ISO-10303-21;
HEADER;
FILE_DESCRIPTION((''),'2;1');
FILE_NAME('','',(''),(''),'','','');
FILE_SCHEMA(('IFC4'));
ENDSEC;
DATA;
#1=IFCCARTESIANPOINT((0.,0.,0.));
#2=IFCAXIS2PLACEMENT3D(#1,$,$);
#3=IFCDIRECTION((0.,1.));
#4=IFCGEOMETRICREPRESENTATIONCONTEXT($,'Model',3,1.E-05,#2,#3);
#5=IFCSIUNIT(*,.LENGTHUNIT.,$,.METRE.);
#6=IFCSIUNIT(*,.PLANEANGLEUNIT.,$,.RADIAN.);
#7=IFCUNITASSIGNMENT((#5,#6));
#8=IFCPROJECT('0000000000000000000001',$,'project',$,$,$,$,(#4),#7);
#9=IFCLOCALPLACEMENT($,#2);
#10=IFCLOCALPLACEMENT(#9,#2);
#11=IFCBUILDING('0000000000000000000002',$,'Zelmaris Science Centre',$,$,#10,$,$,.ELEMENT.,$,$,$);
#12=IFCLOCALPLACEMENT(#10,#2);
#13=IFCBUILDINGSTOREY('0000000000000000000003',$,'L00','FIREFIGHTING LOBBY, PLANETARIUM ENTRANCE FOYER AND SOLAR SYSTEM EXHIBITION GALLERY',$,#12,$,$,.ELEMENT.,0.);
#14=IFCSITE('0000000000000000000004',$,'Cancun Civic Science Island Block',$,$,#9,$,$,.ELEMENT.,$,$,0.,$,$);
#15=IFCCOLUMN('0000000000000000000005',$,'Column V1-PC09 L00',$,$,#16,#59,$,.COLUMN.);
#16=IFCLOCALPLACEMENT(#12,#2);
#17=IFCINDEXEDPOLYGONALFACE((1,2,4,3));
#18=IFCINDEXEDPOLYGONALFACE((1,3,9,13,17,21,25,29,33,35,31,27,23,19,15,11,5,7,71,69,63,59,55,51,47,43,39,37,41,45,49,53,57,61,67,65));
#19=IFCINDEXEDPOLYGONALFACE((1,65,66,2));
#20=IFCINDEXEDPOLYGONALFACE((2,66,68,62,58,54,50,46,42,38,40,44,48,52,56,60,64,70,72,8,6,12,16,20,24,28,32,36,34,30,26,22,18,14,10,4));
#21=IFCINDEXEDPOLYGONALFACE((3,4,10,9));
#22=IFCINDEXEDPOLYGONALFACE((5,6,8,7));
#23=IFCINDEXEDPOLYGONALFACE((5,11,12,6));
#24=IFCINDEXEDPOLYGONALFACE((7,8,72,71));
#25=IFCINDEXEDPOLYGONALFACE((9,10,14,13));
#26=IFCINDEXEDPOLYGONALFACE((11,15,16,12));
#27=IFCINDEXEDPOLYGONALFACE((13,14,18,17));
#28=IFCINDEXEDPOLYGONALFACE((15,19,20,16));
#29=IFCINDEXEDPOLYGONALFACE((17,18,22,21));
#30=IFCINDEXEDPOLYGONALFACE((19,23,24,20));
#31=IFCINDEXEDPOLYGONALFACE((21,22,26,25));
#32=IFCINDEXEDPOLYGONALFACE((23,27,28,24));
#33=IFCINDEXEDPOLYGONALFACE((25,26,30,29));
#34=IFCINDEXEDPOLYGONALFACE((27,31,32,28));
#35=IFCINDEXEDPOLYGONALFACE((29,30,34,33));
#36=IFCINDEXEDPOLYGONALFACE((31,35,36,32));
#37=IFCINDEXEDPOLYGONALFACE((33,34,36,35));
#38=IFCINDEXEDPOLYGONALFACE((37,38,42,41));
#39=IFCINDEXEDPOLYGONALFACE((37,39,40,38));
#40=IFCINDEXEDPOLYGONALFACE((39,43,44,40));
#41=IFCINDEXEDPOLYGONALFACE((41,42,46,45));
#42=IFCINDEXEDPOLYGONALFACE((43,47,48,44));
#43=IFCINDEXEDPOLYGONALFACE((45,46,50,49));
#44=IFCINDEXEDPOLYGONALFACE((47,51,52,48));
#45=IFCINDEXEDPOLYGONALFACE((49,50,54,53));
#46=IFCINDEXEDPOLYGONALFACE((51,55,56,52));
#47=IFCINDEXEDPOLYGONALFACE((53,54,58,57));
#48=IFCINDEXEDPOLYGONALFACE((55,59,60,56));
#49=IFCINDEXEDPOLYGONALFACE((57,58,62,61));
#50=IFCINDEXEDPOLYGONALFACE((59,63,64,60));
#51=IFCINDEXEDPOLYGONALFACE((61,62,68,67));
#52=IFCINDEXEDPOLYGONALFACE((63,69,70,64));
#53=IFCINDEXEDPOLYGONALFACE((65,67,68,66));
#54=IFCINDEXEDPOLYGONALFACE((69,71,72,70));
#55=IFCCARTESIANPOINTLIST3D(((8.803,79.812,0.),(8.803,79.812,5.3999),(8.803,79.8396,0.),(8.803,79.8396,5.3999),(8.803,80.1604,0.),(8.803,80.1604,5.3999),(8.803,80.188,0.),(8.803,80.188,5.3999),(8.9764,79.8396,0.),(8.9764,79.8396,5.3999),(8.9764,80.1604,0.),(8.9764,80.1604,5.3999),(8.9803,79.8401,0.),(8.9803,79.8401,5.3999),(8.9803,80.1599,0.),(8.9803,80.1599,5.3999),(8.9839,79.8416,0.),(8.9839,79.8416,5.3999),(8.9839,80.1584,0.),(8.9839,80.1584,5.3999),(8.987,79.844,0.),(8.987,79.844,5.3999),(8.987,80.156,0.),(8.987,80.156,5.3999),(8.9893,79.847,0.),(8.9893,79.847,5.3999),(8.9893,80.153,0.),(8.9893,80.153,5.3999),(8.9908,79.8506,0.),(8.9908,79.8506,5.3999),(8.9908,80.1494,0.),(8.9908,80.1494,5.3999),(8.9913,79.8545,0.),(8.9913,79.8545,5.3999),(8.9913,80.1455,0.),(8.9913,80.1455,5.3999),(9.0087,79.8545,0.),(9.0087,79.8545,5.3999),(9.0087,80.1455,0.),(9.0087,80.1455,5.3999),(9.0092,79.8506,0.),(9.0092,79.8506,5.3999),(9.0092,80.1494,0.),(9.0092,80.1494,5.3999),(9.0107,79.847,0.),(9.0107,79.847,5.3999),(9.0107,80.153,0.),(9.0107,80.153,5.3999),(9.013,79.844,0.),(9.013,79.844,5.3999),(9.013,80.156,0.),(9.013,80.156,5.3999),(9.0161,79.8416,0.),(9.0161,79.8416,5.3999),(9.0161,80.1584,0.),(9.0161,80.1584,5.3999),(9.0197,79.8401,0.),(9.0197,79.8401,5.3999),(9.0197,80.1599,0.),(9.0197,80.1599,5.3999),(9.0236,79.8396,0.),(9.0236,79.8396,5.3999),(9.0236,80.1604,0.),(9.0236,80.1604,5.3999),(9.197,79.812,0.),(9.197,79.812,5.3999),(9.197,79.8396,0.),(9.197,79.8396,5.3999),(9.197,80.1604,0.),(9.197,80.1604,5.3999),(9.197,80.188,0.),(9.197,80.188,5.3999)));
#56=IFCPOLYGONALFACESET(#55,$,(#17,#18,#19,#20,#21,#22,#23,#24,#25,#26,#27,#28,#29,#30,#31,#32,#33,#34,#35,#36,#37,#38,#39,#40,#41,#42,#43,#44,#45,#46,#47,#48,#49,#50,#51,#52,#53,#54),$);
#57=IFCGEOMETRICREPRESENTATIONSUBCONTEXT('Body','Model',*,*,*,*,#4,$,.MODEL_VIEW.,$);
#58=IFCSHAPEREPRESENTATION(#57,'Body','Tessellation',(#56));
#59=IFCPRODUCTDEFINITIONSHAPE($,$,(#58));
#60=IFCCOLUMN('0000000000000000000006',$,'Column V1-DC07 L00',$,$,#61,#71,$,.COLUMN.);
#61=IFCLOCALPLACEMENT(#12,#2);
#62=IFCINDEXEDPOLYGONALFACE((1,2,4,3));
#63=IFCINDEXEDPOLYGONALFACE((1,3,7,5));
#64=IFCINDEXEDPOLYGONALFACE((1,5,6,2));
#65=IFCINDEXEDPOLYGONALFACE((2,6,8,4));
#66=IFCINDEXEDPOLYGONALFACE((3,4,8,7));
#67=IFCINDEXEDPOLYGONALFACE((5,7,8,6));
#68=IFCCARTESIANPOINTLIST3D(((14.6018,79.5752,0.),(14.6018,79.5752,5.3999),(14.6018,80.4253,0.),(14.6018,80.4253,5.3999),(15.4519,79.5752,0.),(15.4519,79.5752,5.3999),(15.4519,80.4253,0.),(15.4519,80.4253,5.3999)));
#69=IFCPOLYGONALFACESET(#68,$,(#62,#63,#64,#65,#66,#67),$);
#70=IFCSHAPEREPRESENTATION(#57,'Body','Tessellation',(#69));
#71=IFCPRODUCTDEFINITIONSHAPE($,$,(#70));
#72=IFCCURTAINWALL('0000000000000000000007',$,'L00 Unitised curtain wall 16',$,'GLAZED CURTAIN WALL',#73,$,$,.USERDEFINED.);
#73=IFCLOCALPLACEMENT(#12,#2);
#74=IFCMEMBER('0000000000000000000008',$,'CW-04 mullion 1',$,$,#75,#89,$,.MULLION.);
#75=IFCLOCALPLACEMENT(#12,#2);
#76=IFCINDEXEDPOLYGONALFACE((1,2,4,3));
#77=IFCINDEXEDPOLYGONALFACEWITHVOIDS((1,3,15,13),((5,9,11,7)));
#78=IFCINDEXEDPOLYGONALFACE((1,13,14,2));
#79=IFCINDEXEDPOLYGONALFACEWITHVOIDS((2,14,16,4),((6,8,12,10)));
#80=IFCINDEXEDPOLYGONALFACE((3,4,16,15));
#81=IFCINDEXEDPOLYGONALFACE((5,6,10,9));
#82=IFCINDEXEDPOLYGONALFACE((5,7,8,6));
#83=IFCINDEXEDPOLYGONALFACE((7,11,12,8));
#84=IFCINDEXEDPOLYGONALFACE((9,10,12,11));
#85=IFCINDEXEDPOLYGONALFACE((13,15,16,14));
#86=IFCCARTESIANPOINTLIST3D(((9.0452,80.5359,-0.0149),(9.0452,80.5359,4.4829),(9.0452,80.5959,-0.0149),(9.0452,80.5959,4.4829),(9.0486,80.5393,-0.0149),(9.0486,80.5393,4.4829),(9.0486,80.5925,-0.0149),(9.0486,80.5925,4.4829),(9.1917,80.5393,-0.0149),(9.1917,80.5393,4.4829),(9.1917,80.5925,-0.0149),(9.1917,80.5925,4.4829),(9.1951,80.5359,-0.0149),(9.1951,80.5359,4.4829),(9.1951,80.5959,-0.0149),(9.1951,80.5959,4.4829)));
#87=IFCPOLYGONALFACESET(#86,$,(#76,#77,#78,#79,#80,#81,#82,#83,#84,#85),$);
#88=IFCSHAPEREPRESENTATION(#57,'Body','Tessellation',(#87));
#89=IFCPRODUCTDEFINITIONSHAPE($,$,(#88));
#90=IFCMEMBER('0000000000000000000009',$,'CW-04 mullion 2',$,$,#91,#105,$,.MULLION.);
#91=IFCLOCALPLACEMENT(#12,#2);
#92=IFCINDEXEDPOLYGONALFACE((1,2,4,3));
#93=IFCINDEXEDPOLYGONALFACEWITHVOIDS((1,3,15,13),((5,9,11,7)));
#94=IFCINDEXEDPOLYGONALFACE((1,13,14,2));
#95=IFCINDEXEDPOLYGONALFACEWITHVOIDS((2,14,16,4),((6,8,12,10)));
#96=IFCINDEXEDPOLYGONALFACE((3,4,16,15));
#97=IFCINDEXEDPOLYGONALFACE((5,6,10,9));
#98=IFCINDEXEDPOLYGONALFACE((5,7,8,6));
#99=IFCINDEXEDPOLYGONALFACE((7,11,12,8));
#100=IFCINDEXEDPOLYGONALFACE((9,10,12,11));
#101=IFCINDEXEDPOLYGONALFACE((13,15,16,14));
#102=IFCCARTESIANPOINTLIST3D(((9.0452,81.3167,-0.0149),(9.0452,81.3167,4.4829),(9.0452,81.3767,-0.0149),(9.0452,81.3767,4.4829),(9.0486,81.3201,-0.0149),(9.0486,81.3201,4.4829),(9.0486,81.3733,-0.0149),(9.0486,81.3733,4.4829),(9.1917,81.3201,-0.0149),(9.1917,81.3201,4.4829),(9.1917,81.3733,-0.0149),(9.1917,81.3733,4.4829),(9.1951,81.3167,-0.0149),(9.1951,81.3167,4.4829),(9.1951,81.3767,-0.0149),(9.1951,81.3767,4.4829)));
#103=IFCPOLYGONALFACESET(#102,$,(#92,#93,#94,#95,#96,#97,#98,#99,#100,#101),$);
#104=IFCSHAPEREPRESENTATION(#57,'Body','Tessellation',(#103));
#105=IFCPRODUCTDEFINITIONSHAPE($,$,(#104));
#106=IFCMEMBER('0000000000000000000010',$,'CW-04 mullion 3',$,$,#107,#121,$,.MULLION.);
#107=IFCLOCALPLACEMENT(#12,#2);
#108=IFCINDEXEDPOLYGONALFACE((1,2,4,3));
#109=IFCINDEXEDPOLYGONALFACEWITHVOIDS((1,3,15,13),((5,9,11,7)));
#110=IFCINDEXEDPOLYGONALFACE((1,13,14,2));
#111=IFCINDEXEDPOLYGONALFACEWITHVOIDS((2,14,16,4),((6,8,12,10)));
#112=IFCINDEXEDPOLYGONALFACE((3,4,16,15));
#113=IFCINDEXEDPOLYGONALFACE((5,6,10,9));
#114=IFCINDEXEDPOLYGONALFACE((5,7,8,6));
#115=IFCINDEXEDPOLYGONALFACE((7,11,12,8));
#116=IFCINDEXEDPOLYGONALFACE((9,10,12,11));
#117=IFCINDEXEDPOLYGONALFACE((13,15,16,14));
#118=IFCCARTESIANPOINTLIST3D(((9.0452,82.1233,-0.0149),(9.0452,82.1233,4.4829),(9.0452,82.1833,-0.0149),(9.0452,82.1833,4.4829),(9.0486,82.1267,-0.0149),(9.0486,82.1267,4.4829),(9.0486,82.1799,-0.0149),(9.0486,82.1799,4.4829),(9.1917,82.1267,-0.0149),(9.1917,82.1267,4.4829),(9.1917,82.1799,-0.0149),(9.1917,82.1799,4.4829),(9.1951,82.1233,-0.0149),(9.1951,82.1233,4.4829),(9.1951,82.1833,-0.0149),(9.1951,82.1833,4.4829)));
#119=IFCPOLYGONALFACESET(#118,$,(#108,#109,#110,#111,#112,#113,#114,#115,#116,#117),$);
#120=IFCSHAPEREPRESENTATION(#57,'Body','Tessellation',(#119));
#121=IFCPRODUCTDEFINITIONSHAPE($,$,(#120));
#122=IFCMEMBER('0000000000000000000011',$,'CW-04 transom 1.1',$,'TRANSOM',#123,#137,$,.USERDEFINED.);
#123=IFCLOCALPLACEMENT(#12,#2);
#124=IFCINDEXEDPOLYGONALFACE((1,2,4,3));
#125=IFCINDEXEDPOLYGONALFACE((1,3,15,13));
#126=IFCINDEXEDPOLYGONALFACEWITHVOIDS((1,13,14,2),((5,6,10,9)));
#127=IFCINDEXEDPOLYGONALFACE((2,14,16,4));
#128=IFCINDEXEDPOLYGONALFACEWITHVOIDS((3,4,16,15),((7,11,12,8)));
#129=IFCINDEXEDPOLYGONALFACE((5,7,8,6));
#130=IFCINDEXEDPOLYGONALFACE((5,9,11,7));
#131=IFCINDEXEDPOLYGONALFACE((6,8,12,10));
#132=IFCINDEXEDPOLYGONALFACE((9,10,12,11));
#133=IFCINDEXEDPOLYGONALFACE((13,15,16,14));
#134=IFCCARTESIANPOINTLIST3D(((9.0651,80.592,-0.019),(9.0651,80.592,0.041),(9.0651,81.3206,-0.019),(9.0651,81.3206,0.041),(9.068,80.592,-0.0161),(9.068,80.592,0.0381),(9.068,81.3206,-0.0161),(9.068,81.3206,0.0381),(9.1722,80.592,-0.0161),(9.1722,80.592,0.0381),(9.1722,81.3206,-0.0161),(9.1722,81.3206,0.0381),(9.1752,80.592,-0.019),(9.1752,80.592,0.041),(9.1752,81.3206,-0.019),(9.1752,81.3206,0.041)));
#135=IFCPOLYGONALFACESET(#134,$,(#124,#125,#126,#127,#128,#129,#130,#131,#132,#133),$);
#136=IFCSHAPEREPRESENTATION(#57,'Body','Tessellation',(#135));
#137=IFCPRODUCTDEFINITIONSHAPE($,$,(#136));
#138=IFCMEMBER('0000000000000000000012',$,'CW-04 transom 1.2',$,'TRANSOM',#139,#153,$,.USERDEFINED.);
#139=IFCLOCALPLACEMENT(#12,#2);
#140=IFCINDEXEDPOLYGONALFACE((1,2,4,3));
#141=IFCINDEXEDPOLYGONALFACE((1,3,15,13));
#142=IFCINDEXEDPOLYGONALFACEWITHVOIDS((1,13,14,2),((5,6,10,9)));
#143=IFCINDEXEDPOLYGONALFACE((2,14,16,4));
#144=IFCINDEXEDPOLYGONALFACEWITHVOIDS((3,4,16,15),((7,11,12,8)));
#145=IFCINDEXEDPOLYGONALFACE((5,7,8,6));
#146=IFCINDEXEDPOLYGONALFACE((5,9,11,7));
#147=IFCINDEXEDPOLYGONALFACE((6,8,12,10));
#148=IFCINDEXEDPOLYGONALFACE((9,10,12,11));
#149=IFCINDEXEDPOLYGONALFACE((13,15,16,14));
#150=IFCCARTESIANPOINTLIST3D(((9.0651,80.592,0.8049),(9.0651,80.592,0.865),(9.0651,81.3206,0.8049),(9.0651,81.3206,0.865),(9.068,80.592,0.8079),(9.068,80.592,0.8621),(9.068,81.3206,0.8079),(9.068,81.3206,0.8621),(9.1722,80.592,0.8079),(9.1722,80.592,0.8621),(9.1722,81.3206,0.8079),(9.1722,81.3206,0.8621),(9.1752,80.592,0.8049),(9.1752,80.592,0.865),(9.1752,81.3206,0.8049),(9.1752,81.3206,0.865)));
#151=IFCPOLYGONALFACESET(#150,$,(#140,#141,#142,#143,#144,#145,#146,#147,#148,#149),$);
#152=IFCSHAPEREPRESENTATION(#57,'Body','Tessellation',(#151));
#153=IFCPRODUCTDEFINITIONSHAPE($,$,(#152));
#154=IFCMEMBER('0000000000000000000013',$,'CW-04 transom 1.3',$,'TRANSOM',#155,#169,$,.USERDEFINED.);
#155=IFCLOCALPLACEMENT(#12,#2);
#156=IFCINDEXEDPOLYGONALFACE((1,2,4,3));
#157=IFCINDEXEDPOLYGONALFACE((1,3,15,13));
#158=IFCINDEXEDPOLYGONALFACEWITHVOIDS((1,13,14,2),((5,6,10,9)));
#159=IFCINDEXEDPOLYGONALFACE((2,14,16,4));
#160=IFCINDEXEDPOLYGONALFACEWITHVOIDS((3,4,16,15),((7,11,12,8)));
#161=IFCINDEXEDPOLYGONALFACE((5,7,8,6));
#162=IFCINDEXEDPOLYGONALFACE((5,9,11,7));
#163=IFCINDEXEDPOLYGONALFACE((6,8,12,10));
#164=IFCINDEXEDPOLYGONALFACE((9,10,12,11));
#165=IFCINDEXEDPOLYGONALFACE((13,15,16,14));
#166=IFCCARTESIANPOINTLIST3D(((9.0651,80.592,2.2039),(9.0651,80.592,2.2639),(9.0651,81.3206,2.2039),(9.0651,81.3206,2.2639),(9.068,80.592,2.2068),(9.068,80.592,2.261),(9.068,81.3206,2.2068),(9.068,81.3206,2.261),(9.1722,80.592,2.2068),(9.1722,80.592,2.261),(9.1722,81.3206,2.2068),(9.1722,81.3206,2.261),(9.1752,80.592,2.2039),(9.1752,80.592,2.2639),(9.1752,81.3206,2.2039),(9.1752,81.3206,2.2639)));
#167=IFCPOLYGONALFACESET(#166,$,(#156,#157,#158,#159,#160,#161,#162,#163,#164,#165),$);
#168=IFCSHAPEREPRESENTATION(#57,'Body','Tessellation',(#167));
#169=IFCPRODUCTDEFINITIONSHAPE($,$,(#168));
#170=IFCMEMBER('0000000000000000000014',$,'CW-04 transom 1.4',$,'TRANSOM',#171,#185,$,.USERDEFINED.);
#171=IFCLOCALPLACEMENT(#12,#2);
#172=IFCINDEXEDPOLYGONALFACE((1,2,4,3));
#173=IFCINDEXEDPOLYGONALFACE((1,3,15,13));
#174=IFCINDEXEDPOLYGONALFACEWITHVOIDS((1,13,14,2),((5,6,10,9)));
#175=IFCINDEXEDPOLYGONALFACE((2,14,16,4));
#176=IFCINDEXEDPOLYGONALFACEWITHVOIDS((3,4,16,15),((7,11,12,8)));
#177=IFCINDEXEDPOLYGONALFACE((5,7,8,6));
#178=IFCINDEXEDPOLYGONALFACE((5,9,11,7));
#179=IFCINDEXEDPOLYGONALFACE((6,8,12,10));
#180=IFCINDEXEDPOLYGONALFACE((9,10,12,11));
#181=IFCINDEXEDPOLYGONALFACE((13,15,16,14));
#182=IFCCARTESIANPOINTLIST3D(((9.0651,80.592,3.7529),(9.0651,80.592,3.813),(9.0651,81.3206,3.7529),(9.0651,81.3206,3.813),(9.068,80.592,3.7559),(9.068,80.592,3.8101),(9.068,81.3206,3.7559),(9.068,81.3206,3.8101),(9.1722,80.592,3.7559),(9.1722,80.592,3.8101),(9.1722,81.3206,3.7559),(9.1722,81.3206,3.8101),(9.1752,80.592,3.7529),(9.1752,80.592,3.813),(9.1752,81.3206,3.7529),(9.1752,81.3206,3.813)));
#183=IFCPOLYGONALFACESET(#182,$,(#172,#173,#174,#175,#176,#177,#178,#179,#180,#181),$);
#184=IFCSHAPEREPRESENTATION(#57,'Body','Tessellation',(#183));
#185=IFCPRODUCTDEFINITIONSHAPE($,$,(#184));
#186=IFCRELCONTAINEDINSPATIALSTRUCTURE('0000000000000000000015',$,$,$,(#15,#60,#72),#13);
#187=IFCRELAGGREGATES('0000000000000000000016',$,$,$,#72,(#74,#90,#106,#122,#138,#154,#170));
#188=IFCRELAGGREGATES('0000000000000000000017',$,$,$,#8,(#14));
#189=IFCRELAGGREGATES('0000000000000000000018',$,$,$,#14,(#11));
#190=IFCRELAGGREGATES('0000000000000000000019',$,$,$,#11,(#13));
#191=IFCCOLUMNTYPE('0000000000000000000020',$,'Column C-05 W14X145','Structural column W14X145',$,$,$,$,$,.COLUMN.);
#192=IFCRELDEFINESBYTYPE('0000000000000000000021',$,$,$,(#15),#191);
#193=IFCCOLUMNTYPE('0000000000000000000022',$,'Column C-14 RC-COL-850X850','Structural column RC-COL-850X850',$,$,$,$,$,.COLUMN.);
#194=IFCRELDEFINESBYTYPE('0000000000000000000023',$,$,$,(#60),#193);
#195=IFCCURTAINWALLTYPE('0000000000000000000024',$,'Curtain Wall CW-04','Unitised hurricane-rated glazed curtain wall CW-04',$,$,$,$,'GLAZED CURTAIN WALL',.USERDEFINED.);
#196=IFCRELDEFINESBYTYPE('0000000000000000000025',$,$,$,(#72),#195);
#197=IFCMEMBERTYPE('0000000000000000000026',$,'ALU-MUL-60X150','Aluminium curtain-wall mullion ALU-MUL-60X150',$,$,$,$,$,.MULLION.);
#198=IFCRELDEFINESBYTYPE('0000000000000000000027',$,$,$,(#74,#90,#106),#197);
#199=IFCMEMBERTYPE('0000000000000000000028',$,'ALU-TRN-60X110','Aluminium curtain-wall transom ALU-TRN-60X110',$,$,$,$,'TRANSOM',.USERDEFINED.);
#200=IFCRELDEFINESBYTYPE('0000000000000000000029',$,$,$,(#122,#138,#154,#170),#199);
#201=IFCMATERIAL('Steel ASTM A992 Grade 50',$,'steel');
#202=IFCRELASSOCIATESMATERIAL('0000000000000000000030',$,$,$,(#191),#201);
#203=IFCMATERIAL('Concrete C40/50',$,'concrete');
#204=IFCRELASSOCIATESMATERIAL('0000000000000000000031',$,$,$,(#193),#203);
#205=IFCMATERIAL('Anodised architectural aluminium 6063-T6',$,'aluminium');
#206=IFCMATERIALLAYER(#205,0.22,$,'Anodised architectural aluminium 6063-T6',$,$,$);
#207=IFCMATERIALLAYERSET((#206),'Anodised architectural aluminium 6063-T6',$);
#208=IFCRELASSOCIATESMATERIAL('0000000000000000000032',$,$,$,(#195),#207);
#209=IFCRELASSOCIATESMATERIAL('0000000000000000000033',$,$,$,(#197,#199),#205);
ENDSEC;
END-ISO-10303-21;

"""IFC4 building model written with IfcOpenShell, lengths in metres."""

from ifc_helpers import new_model, si_unit, direction, frame, origin, origin_2d, place, context, subcontext, project, spatial, rectangle, hollow_rectangle, i_section, extrude, material, layer, layer_set, material_profile, profile_set, type_object, element, aggregate, save


model = new_model("IFC4")

# Units and contexts
model_context = context("Model", 3, precision=1e-05, world=origin(), true_north=direction((0.0, 1.0)))
body_context = subcontext(model_context, "Body", "Model", "MODEL_VIEW")
ifc_project = project(units=[si_unit("LENGTHUNIT", "METRE"), si_unit("PLANEANGLEUNIT", "RADIAN")], contexts=[model_context])

# Site, building, storey
site_placement = place(None, origin())
site = spatial("IfcSite", under=ifc_project, at=site_placement, Name="Cancun Civic Science Island Block", CompositionType="ELEMENT", RefElevation=0.0)
building_placement = place(site_placement, origin())
building = spatial("IfcBuilding", under=site, at=building_placement, Name="Zelmaris Science Centre", CompositionType="ELEMENT")
storey_placement = place(building_placement, origin())
storey = spatial("IfcBuildingStorey", under=building, at=storey_placement, Name="L00", Description="FIREFIGHTING LOBBY, PLANETARIUM ENTRANCE FOYER AND SOLAR SYSTEM EXHIBITION GALLERY", CompositionType="ELEMENT", Elevation=0.0)

# Columns
ifc_material_1 = material(Name="Steel ASTM A992 Grade 50", Category="steel")
ifc_material_profile_1 = material_profile(ifc_material_1, i_section(OverallWidth=0.394, OverallDepth=0.376, WebThickness=0.0173, FlangeThickness=0.0276, FilletRadius=0.0149, at=origin_2d()), Name="W14X145")
ifc_profile_set_1 = profile_set([ifc_material_profile_1], Name="Steel ASTM A992 Grade 50")
column_type_1 = type_object("IfcColumnType", Name="Column C-05 W14X145", Description="Structural column W14X145", PredefinedType="COLUMN", material=ifc_profile_set_1)
column_1_placement = place(storey_placement, frame((9.0, 80.0, 0.0), z_axis=(0.0, 0.0, 1.0), x_axis=(1.0, 0.0, 0.0)))
element("IfcColumn", 1, at=column_1_placement, inside=storey, type_object=column_type_1, Name="Column V1-PC09 L00", PredefinedType="COLUMN", context=body_context, shape_type="SweptSolid", body=[
    extrude(i_section(OverallWidth=0.394, OverallDepth=0.376, WebThickness=0.0173, FlangeThickness=0.0276, FilletRadius=0.0149, at=origin_2d()), origin(), (0.0, 0.0, 1.0), 5.3999),
])
ifc_material_2 = material(Name="Concrete C40/50", Category="concrete")
ifc_material_profile_2 = material_profile(ifc_material_2, rectangle(XDim=0.8501, YDim=0.8501, at=origin_2d()), Name="RC-COL-850X850")
ifc_profile_set_2 = profile_set([ifc_material_profile_2], Name="Concrete C40/50")
column_type_2 = type_object("IfcColumnType", Name="Column C-14 RC-COL-850X850", Description="Structural column RC-COL-850X850", PredefinedType="COLUMN", material=ifc_profile_set_2)
column_2_placement = place(storey_placement, frame((15.0269, 80.0002, 0.0), z_axis=(0.0, 0.0, 1.0), x_axis=(1.0, 0.0, 0.0)))
element("IfcColumn", 2, at=column_2_placement, inside=storey, type_object=column_type_2, Name="Column V1-DC07 L00", PredefinedType="COLUMN", context=body_context, shape_type="SweptSolid", body=[
    extrude(rectangle(XDim=0.8501, YDim=0.8501, at=origin_2d()), origin(), (0.0, 0.0, 1.0), 5.3999),
])

# Curtain wall, members
ifc_material_3 = material(Name="Anodised architectural aluminium 6063-T6", Category="aluminium")
ifc_layer_1 = layer(ifc_material_3, 0.22, Name="Anodised architectural aluminium 6063-T6")
ifc_layer_set_1 = layer_set([ifc_layer_1], Name="Anodised architectural aluminium 6063-T6")
curtain_wall_type = type_object("IfcCurtainWallType", Name="Curtain Wall CW-04", Description="Unitised hurricane-rated glazed curtain wall CW-04", ElementType="GLAZED CURTAIN WALL", PredefinedType="USERDEFINED", material=ifc_layer_set_1)
curtain_wall_placement = place(storey_placement, origin())
curtain_wall = element("IfcCurtainWall", 3, at=curtain_wall_placement, inside=storey, type_object=curtain_wall_type, Name="L00 Unitised curtain wall 16", ObjectType="GLAZED CURTAIN WALL", PredefinedType="USERDEFINED")
ifc_material_profile_3 = material_profile(ifc_material_3, hollow_rectangle(XDim=0.0601, YDim=0.1499, WallThickness=0.0034, at=origin_2d()), Name="ALU-MUL-60X150")
ifc_profile_set_3 = profile_set([ifc_material_profile_3], Name="Anodised architectural aluminium 6063-T6")
member_type_1 = type_object("IfcMemberType", Name="ALU-MUL-60X150", Description="Aluminium curtain-wall mullion ALU-MUL-60X150", PredefinedType="MULLION", material=ifc_profile_set_3)
member_1_placement = place(storey_placement, frame((9.1201, 80.5659, -0.0149), z_axis=(0.0, 0.0, 1.0), x_axis=(0.0, 1.0, 0.0)))
member_1 = element("IfcMember", 4, at=member_1_placement, type_object=member_type_1, Name="CW-04 mullion 1", PredefinedType="MULLION", context=body_context, shape_type="SweptSolid", body=[
    extrude(hollow_rectangle(XDim=0.0601, YDim=0.1499, WallThickness=0.0034, at=origin_2d()), origin(), (0.0, 0.0, 1.0), 4.4978),
])
member_2_placement = place(storey_placement, frame((9.1201, 81.3467, -0.0149), z_axis=(0.0, 0.0, 1.0), x_axis=(0.0, 1.0, 0.0)))
member_2 = element("IfcMember", 5, at=member_2_placement, type_object=member_type_1, Name="CW-04 mullion 2", PredefinedType="MULLION", context=body_context, shape_type="SweptSolid", body=[
    extrude(hollow_rectangle(XDim=0.0601, YDim=0.1499, WallThickness=0.0034, at=origin_2d()), origin(), (0.0, 0.0, 1.0), 4.4978),
])
member_3_placement = place(storey_placement, frame((9.1201, 82.1533, -0.0149), z_axis=(0.0, 0.0, 1.0), x_axis=(0.0, 1.0, 0.0)))
member_3 = element("IfcMember", 6, at=member_3_placement, type_object=member_type_1, Name="CW-04 mullion 3", PredefinedType="MULLION", context=body_context, shape_type="SweptSolid", body=[
    extrude(hollow_rectangle(XDim=0.0601, YDim=0.1499, WallThickness=0.0034, at=origin_2d()), origin(), (0.0, 0.0, 1.0), 4.4978),
])
ifc_material_profile_4 = material_profile(ifc_material_3, hollow_rectangle(XDim=0.0601, YDim=0.1101, WallThickness=0.0029, at=origin_2d()), Name="ALU-TRN-60X110")
ifc_profile_set_4 = profile_set([ifc_material_profile_4], Name="Anodised architectural aluminium 6063-T6")
member_type_2 = type_object("IfcMemberType", Name="ALU-TRN-60X110", Description="Aluminium curtain-wall transom ALU-TRN-60X110", ElementType="TRANSOM", PredefinedType="USERDEFINED", material=ifc_profile_set_4)
member_4_placement = place(storey_placement, frame((9.1201, 80.592, 0.011), z_axis=(0.0, 1.0, 0.0), x_axis=(0.0, 0.0, 1.0)))
member_4 = element("IfcMember", 7, at=member_4_placement, type_object=member_type_2, Name="CW-04 transom 1.1", ObjectType="TRANSOM", PredefinedType="USERDEFINED", context=body_context, shape_type="SweptSolid", body=[
    extrude(hollow_rectangle(XDim=0.0601, YDim=0.1101, WallThickness=0.0029, at=origin_2d()), origin(), (0.0, 0.0, 1.0), 0.7285),
])
member_5_placement = place(storey_placement, frame((9.1201, 80.592, 0.835), z_axis=(0.0, 1.0, 0.0), x_axis=(0.0, 0.0, 1.0)))
member_5 = element("IfcMember", 8, at=member_5_placement, type_object=member_type_2, Name="CW-04 transom 1.2", ObjectType="TRANSOM", PredefinedType="USERDEFINED", context=body_context, shape_type="SweptSolid", body=[
    extrude(hollow_rectangle(XDim=0.0601, YDim=0.1101, WallThickness=0.0029, at=origin_2d()), origin(), (0.0, 0.0, 1.0), 0.7285),
])
member_6_placement = place(storey_placement, frame((9.1201, 80.592, 2.2339), z_axis=(0.0, 1.0, 0.0), x_axis=(0.0, 0.0, 1.0)))
member_6 = element("IfcMember", 9, at=member_6_placement, type_object=member_type_2, Name="CW-04 transom 1.3", ObjectType="TRANSOM", PredefinedType="USERDEFINED", context=body_context, shape_type="SweptSolid", body=[
    extrude(hollow_rectangle(XDim=0.0601, YDim=0.1101, WallThickness=0.0029, at=origin_2d()), origin(), (0.0, 0.0, 1.0), 0.7285),
])
member_7_placement = place(storey_placement, frame((9.1201, 80.592, 3.783), z_axis=(0.0, 1.0, 0.0), x_axis=(0.0, 0.0, 1.0)))
member_7 = element("IfcMember", 10, at=member_7_placement, type_object=member_type_2, Name="CW-04 transom 1.4", ObjectType="TRANSOM", PredefinedType="USERDEFINED", context=body_context, shape_type="SweptSolid", body=[
    extrude(hollow_rectangle(XDim=0.0601, YDim=0.1101, WallThickness=0.0029, at=origin_2d()), origin(), (0.0, 0.0, 1.0), 0.7285),
])

aggregate(curtain_wall, [member_1, member_2, member_3, member_4, member_5, member_6, member_7])

save(model, "model.ifc")
